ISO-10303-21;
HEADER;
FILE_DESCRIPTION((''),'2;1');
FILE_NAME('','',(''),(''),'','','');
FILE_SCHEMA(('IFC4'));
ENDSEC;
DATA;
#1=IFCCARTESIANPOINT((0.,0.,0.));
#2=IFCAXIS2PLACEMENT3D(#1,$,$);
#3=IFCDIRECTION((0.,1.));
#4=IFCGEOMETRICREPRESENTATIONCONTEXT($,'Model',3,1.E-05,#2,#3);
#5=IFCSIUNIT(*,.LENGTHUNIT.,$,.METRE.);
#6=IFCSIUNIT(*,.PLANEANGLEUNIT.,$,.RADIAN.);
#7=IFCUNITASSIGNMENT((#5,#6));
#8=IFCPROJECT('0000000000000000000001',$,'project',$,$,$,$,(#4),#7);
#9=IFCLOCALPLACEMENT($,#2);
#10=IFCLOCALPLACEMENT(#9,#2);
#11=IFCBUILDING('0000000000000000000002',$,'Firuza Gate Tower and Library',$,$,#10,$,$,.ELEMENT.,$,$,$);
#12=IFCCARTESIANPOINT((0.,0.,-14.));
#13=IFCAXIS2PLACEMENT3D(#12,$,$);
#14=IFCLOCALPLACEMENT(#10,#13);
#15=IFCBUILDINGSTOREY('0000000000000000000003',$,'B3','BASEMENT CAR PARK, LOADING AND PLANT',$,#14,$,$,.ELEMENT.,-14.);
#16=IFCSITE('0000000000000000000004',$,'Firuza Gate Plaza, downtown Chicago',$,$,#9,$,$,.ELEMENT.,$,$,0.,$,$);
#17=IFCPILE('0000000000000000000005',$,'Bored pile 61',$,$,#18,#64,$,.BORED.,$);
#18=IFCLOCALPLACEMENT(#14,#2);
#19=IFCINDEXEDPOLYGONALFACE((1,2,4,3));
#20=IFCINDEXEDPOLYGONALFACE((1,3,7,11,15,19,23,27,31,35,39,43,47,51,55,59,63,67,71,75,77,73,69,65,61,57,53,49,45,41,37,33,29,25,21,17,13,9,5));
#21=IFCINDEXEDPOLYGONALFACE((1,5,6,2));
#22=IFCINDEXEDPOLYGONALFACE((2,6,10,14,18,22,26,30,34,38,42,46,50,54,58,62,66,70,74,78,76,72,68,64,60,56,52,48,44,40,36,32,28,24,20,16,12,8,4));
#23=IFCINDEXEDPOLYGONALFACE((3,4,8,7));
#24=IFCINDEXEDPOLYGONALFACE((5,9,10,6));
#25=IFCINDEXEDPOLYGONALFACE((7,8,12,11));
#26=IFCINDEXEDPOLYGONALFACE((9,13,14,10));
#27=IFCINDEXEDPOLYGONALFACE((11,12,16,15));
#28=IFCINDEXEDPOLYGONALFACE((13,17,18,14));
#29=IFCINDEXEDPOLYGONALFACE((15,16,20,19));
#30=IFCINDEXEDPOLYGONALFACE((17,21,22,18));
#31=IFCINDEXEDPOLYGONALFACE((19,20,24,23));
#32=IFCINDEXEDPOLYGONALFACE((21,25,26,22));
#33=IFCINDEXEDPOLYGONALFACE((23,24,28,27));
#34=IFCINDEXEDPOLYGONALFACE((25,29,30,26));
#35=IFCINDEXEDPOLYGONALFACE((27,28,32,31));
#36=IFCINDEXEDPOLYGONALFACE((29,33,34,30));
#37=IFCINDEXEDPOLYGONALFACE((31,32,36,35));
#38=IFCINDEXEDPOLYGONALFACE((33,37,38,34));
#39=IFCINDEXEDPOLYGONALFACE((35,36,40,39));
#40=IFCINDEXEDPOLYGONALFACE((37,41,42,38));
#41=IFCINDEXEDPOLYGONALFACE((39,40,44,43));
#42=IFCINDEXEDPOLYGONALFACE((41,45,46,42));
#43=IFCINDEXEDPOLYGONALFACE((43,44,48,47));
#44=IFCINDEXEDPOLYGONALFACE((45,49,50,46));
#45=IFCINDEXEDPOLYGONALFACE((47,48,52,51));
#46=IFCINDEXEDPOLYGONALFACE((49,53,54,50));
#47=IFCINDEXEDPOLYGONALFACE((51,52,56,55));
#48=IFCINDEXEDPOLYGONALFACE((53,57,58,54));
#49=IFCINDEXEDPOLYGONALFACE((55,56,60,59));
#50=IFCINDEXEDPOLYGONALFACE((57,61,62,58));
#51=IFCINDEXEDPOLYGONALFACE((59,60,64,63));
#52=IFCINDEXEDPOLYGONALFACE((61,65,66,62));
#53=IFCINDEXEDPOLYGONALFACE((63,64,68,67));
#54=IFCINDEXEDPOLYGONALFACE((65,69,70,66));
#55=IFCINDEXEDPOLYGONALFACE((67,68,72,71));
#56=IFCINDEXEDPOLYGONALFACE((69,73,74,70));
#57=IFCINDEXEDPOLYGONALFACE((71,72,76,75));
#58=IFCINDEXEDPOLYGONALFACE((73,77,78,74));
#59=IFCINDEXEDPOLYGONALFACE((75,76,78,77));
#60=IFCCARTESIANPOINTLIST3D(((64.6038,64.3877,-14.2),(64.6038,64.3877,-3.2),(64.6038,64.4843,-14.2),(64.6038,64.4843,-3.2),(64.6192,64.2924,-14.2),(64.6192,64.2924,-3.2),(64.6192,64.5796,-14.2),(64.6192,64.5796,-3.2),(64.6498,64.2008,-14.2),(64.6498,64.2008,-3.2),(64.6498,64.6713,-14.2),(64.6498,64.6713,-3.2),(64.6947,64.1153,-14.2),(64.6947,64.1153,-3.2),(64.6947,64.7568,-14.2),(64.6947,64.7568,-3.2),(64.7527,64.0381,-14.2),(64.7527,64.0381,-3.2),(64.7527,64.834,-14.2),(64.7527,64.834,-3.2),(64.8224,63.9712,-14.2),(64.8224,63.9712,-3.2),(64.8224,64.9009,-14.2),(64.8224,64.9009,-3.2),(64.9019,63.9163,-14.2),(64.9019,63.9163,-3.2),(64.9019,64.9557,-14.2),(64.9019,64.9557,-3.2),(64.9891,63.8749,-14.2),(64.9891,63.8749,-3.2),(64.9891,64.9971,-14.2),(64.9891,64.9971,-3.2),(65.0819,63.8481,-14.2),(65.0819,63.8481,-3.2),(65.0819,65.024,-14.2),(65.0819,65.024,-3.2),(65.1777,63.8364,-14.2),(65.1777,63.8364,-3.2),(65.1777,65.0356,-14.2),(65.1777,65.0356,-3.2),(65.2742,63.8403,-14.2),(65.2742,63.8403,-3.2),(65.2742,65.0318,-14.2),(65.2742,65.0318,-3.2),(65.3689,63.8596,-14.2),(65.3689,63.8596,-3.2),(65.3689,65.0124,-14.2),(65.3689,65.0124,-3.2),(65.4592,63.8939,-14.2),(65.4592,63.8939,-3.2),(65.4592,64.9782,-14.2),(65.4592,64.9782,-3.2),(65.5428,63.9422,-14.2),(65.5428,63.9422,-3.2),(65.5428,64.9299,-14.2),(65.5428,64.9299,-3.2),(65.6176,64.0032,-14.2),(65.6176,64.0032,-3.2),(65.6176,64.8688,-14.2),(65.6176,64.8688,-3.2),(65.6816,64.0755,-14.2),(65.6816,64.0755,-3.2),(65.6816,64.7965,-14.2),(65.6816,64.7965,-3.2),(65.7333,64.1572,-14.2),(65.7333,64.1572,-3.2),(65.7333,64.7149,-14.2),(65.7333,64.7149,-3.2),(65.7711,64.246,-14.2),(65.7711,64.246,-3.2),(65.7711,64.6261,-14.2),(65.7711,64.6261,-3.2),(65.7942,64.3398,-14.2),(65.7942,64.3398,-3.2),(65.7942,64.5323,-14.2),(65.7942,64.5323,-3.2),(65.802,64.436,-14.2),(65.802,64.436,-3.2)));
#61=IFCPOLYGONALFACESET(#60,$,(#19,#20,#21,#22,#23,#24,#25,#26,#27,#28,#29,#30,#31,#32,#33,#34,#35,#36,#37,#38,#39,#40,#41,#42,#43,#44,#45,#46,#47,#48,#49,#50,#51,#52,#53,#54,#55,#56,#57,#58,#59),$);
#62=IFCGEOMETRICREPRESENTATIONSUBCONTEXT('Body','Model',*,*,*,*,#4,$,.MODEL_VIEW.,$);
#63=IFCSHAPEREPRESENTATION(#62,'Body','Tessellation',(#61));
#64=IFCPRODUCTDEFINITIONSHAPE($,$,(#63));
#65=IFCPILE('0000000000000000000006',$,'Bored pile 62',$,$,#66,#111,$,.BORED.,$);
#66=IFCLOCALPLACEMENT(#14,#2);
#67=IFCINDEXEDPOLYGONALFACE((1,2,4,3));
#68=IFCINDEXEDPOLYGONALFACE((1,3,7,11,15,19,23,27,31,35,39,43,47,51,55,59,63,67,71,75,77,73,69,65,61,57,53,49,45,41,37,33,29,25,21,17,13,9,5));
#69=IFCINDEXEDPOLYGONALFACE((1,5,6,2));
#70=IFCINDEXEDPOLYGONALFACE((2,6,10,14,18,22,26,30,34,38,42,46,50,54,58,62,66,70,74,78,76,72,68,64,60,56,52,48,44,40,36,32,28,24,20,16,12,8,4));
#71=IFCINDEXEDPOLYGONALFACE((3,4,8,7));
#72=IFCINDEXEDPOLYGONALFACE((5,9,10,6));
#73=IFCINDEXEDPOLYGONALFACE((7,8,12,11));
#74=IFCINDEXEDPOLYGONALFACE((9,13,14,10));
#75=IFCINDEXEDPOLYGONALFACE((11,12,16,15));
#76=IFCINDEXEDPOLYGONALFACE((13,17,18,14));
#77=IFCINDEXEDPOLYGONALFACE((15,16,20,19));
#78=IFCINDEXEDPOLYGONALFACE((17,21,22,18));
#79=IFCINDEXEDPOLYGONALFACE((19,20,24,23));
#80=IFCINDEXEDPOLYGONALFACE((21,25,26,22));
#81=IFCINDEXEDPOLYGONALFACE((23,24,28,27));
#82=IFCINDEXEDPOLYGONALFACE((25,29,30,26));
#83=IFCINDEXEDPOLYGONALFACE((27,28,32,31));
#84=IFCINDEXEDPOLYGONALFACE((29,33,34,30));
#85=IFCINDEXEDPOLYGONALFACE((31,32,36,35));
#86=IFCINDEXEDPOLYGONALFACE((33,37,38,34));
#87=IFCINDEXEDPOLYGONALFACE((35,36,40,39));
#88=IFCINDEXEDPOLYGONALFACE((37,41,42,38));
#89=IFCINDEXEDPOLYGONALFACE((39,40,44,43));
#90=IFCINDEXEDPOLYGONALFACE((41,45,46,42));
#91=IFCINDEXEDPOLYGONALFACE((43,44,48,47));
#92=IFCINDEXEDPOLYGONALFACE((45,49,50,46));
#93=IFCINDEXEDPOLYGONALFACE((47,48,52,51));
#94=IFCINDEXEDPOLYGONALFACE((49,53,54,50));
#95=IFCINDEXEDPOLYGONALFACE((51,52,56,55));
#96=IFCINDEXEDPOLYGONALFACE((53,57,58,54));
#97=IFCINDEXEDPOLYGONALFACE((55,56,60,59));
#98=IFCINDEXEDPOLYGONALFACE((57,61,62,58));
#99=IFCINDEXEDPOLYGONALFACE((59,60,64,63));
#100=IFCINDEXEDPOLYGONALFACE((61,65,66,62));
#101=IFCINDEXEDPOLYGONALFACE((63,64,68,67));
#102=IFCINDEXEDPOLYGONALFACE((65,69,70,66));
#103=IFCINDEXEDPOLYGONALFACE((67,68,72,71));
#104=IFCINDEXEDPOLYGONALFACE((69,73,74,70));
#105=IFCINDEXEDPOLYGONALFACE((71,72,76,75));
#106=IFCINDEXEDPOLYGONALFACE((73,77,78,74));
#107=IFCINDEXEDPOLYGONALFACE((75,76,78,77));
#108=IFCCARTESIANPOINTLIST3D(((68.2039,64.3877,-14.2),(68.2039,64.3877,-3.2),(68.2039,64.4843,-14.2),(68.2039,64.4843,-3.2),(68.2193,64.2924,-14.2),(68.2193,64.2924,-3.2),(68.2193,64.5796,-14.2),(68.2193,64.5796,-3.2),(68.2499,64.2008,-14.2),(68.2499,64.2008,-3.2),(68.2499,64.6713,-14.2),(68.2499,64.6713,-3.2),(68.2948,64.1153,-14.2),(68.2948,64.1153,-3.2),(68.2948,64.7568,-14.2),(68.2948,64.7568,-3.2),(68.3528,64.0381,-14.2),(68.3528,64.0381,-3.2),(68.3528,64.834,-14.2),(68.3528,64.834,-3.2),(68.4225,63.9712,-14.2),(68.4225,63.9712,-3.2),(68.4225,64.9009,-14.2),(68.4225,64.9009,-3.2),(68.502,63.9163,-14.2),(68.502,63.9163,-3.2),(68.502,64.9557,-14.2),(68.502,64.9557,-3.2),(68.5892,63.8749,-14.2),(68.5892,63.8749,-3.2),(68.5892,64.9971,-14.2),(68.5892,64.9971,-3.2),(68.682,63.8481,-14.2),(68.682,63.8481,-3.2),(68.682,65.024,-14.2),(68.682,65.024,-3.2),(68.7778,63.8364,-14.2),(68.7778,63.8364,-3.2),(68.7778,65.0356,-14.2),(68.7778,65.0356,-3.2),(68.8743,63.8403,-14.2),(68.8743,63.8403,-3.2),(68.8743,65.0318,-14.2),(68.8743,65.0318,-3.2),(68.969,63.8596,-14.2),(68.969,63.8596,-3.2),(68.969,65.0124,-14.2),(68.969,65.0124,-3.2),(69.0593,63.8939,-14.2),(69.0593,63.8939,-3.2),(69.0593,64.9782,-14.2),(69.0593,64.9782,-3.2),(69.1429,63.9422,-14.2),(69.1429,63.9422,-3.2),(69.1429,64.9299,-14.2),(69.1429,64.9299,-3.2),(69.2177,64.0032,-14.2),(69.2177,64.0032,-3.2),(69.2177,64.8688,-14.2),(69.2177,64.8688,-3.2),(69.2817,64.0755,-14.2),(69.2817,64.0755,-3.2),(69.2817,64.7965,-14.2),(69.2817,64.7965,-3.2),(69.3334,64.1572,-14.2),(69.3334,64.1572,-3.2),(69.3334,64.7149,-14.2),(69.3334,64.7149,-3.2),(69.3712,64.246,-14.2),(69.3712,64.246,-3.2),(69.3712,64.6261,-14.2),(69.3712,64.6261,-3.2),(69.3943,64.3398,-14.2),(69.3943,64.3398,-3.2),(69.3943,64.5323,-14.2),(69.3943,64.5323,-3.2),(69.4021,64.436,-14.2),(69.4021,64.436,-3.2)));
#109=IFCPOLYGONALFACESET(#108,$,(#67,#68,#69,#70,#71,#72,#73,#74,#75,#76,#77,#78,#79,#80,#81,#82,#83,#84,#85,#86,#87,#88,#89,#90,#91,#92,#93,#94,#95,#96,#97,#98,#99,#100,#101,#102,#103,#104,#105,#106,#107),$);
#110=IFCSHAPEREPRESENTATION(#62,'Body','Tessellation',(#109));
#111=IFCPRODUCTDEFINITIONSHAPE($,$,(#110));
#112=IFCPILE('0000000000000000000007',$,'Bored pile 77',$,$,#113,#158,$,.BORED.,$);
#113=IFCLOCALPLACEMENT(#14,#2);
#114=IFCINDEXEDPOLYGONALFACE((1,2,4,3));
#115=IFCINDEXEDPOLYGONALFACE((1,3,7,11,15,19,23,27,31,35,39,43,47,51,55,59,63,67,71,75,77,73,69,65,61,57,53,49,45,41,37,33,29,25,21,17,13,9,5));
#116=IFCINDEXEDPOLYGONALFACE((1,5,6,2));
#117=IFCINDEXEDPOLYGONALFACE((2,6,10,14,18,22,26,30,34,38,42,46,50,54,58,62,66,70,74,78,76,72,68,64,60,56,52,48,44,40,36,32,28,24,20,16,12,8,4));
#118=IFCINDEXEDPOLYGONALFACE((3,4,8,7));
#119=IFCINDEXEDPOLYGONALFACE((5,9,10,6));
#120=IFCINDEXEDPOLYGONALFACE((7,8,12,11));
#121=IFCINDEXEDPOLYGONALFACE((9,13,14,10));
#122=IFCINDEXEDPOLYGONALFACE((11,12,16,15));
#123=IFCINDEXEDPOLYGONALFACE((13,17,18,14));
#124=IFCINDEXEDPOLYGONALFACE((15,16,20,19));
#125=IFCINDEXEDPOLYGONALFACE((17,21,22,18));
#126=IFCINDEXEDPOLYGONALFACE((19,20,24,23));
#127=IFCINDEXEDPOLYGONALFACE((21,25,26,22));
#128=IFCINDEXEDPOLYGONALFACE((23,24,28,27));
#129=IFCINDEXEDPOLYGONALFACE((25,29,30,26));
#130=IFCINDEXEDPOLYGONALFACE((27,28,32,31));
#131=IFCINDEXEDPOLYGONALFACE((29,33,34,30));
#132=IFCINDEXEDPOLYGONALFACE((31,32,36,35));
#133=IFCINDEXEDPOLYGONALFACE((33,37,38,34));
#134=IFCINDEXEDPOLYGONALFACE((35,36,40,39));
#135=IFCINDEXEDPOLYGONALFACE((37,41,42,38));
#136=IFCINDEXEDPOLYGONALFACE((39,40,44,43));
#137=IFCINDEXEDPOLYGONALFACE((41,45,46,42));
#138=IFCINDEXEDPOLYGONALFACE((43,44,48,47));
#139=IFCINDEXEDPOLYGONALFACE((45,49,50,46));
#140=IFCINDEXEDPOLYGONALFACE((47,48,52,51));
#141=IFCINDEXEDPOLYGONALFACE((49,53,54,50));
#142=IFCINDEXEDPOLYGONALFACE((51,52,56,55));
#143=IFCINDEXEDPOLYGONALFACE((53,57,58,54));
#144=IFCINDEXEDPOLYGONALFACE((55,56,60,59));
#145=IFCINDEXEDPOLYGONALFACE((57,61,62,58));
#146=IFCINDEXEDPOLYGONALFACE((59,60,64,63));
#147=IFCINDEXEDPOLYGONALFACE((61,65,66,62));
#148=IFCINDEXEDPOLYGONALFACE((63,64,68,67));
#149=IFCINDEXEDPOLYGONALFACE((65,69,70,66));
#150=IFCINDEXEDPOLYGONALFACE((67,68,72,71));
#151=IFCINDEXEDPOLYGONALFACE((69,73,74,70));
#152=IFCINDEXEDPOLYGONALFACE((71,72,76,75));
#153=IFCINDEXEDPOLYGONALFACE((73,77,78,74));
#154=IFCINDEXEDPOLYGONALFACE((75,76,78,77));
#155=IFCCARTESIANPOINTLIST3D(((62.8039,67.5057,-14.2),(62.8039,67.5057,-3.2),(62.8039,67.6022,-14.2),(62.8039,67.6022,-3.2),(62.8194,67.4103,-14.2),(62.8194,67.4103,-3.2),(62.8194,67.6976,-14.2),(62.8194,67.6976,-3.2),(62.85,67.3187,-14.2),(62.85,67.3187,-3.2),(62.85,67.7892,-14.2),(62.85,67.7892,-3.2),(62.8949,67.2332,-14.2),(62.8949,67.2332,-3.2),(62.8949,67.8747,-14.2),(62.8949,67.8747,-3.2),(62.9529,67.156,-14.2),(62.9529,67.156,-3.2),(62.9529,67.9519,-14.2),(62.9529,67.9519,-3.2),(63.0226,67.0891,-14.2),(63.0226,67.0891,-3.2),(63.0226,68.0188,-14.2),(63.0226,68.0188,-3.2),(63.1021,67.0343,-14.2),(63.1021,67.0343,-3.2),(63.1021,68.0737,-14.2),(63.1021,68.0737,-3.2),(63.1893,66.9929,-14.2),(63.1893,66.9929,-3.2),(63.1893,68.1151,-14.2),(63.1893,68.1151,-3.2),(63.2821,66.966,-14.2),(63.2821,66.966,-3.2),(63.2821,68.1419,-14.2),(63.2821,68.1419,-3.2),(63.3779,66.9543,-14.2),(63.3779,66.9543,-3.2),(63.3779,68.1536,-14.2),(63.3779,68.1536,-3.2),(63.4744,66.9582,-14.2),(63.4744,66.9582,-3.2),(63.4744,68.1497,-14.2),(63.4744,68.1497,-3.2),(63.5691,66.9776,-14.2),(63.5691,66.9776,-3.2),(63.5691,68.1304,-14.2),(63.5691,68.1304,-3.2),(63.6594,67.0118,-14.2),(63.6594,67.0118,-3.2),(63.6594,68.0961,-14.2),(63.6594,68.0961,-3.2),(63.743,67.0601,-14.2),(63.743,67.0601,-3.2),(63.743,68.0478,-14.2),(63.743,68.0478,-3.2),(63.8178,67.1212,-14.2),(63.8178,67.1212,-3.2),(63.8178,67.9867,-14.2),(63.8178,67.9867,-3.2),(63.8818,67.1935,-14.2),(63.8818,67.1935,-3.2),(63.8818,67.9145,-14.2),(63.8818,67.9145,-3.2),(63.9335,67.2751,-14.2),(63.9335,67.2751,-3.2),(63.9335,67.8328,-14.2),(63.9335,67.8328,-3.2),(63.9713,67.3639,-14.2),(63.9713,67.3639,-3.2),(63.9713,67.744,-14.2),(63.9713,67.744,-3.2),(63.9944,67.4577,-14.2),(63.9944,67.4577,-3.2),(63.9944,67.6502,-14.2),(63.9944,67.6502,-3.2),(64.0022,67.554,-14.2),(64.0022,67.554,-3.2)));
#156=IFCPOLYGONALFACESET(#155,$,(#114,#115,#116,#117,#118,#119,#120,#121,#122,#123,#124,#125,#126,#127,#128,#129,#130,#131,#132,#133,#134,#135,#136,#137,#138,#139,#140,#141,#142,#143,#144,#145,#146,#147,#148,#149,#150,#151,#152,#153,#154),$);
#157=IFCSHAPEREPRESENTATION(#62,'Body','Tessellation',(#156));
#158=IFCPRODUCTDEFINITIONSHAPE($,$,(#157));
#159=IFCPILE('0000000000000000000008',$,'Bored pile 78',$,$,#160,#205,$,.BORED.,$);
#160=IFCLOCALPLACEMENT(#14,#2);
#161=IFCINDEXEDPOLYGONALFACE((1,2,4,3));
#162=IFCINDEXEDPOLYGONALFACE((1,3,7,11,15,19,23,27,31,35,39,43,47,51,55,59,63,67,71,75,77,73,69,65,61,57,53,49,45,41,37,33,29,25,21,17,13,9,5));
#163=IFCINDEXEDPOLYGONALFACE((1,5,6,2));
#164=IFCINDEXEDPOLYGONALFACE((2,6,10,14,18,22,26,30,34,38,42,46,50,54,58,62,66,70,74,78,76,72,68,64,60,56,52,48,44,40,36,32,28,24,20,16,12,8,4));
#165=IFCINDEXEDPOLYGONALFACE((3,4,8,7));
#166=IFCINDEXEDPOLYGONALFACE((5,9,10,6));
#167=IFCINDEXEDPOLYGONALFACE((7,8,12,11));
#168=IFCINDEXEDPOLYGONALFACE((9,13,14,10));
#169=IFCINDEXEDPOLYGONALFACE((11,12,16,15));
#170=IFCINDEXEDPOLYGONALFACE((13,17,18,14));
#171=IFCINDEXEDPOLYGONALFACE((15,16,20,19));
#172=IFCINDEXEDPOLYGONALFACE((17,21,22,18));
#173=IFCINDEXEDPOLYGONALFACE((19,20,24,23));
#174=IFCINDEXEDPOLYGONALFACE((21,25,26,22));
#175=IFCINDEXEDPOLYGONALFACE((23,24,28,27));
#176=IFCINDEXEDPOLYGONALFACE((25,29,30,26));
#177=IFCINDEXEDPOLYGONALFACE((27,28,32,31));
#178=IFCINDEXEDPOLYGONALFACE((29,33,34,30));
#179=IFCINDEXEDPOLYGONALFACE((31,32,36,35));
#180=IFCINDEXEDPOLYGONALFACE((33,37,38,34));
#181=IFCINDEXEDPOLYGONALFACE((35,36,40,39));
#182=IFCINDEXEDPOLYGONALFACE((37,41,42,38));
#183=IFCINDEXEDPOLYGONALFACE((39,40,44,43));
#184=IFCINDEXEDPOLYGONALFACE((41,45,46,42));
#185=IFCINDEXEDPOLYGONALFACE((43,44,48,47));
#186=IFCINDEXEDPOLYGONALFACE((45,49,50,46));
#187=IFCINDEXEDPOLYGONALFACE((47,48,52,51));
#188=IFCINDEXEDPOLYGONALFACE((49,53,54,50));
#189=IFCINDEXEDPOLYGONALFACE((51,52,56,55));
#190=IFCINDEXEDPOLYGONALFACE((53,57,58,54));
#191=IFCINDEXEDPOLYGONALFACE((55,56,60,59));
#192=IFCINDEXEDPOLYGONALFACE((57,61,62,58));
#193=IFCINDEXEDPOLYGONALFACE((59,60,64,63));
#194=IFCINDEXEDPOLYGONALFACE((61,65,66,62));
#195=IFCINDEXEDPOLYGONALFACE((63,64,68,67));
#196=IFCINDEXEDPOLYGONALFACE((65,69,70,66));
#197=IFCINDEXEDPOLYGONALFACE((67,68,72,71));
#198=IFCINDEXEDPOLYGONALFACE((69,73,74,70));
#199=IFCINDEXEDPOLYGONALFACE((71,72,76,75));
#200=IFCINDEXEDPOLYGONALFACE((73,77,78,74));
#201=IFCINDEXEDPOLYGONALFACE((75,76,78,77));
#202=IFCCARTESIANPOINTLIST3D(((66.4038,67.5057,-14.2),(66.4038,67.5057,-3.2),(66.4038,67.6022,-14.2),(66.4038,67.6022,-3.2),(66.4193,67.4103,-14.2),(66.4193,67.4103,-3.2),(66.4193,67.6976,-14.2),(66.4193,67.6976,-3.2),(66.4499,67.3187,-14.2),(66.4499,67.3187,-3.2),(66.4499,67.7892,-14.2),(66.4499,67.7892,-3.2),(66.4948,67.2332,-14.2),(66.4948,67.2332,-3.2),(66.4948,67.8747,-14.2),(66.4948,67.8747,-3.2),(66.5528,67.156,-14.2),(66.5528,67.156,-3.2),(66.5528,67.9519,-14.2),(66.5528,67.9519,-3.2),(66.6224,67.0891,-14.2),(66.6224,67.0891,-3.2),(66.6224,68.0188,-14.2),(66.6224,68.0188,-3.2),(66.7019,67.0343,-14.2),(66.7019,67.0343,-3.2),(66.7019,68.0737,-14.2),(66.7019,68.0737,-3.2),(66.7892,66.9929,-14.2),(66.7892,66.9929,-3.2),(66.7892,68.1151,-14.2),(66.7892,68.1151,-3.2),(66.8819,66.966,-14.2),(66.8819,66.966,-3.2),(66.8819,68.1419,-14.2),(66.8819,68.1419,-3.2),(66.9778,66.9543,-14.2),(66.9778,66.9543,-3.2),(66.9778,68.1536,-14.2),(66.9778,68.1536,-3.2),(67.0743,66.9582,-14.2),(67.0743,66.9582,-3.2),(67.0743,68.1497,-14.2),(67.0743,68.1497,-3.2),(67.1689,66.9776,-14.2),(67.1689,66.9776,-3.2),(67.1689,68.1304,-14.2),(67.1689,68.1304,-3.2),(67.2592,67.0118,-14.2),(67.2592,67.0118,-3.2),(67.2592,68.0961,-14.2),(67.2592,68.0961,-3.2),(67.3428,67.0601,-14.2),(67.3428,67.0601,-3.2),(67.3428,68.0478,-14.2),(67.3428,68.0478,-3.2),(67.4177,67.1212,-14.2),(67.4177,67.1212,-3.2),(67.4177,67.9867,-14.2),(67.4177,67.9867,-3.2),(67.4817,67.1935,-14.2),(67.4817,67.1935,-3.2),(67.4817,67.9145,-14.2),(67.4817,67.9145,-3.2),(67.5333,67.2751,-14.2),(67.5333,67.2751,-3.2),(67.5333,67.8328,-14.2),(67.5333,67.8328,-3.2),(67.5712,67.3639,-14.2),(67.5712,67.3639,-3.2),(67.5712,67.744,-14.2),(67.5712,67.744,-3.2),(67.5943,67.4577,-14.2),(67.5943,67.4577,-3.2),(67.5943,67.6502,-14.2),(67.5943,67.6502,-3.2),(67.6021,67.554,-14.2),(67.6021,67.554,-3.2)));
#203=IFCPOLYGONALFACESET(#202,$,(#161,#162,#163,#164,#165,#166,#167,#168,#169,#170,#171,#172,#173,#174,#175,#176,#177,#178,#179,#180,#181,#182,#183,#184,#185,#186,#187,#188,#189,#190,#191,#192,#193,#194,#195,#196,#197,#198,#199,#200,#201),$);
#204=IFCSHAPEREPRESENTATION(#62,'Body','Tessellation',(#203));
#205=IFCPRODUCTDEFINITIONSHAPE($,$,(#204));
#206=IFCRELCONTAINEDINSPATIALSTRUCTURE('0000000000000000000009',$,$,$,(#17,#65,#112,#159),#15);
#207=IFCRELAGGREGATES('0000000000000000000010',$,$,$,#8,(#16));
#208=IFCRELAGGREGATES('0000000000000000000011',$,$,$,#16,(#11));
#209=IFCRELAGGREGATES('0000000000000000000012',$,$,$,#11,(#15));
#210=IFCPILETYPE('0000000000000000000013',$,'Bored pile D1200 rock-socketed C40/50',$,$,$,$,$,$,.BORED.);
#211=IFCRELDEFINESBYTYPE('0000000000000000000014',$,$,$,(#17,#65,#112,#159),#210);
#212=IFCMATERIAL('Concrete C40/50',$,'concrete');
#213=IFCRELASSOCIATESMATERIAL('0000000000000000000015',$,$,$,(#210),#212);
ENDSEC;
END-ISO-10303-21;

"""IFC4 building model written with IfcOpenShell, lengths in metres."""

from ifc_helpers import new_model, si_unit, direction, frame, origin, origin_2d, place, context, subcontext, project, spatial, circle, extrude, material, material_profile, profile_set, type_object, element, save


model = new_model("IFC4")

# Units and contexts
model_context = context("Model", 3, precision=1e-05, world=origin(), true_north=direction((0.0, 1.0)))
body_context = subcontext(model_context, "Body", "Model", "MODEL_VIEW")
ifc_project = project(units=[si_unit("LENGTHUNIT", "METRE"), si_unit("PLANEANGLEUNIT", "RADIAN")], contexts=[model_context])

# Site, building, storey
site_placement = place(None, origin())
site = spatial("IfcSite", under=ifc_project, at=site_placement, Name="Firuza Gate Plaza, downtown Chicago", CompositionType="ELEMENT", RefElevation=0.0)
building_placement = place(site_placement, origin())
building = spatial("IfcBuilding", under=site, at=building_placement, Name="Firuza Gate Tower and Library", CompositionType="ELEMENT")
storey_placement = place(building_placement, frame((0.0, 0.0, -14.0)))
storey = spatial("IfcBuildingStorey", under=building, at=storey_placement, Name="B3", Description="BASEMENT CAR PARK, LOADING AND PLANT", CompositionType="ELEMENT", Elevation=-14.0)

# Piles
ifc_material_1 = material(Name="Concrete C40/50", Category="concrete")
ifc_material_profile_1 = material_profile(ifc_material_1, circle(Radius=0.6001, at=origin_2d()))
ifc_profile_set_1 = profile_set([ifc_material_profile_1], Name="Concrete C40/50")
pile_type = type_object("IfcPileType", Name="Bored pile D1200 rock-socketed C40/50", PredefinedType="BORED", material=ifc_profile_set_1)
for number, where, z_axis, x_axis, name in (
    (1, (65.2019, 64.436, -3.2), (0.0, 0.0, -1.0), (1.0, 0.0, 0.0), "Bored pile 61"),
    (2, (68.802, 64.436, -3.2), (0.0, 0.0, -1.0), (1.0, 0.0, 0.0), "Bored pile 62"),
    (3, (63.4021, 67.554, -3.2), (0.0, 0.0, -1.0), (1.0, 0.0, 0.0), "Bored pile 77"),
    (4, (67.002, 67.554, -3.2), (0.0, 0.0, -1.0), (1.0, 0.0, 0.0), "Bored pile 78"),
):
    element("IfcPile", number, at=place(storey_placement, frame(where, z_axis=z_axis, x_axis=x_axis)), inside=storey, type_object=pile_type, Name=name, PredefinedType="BORED", context=body_context, shape_type="SweptSolid", body=[
        extrude(circle(Radius=0.6001, at=origin_2d()), origin(), (0.0, 0.0, 1.0), 11.0),
    ])

save(model, "model.ifc")
